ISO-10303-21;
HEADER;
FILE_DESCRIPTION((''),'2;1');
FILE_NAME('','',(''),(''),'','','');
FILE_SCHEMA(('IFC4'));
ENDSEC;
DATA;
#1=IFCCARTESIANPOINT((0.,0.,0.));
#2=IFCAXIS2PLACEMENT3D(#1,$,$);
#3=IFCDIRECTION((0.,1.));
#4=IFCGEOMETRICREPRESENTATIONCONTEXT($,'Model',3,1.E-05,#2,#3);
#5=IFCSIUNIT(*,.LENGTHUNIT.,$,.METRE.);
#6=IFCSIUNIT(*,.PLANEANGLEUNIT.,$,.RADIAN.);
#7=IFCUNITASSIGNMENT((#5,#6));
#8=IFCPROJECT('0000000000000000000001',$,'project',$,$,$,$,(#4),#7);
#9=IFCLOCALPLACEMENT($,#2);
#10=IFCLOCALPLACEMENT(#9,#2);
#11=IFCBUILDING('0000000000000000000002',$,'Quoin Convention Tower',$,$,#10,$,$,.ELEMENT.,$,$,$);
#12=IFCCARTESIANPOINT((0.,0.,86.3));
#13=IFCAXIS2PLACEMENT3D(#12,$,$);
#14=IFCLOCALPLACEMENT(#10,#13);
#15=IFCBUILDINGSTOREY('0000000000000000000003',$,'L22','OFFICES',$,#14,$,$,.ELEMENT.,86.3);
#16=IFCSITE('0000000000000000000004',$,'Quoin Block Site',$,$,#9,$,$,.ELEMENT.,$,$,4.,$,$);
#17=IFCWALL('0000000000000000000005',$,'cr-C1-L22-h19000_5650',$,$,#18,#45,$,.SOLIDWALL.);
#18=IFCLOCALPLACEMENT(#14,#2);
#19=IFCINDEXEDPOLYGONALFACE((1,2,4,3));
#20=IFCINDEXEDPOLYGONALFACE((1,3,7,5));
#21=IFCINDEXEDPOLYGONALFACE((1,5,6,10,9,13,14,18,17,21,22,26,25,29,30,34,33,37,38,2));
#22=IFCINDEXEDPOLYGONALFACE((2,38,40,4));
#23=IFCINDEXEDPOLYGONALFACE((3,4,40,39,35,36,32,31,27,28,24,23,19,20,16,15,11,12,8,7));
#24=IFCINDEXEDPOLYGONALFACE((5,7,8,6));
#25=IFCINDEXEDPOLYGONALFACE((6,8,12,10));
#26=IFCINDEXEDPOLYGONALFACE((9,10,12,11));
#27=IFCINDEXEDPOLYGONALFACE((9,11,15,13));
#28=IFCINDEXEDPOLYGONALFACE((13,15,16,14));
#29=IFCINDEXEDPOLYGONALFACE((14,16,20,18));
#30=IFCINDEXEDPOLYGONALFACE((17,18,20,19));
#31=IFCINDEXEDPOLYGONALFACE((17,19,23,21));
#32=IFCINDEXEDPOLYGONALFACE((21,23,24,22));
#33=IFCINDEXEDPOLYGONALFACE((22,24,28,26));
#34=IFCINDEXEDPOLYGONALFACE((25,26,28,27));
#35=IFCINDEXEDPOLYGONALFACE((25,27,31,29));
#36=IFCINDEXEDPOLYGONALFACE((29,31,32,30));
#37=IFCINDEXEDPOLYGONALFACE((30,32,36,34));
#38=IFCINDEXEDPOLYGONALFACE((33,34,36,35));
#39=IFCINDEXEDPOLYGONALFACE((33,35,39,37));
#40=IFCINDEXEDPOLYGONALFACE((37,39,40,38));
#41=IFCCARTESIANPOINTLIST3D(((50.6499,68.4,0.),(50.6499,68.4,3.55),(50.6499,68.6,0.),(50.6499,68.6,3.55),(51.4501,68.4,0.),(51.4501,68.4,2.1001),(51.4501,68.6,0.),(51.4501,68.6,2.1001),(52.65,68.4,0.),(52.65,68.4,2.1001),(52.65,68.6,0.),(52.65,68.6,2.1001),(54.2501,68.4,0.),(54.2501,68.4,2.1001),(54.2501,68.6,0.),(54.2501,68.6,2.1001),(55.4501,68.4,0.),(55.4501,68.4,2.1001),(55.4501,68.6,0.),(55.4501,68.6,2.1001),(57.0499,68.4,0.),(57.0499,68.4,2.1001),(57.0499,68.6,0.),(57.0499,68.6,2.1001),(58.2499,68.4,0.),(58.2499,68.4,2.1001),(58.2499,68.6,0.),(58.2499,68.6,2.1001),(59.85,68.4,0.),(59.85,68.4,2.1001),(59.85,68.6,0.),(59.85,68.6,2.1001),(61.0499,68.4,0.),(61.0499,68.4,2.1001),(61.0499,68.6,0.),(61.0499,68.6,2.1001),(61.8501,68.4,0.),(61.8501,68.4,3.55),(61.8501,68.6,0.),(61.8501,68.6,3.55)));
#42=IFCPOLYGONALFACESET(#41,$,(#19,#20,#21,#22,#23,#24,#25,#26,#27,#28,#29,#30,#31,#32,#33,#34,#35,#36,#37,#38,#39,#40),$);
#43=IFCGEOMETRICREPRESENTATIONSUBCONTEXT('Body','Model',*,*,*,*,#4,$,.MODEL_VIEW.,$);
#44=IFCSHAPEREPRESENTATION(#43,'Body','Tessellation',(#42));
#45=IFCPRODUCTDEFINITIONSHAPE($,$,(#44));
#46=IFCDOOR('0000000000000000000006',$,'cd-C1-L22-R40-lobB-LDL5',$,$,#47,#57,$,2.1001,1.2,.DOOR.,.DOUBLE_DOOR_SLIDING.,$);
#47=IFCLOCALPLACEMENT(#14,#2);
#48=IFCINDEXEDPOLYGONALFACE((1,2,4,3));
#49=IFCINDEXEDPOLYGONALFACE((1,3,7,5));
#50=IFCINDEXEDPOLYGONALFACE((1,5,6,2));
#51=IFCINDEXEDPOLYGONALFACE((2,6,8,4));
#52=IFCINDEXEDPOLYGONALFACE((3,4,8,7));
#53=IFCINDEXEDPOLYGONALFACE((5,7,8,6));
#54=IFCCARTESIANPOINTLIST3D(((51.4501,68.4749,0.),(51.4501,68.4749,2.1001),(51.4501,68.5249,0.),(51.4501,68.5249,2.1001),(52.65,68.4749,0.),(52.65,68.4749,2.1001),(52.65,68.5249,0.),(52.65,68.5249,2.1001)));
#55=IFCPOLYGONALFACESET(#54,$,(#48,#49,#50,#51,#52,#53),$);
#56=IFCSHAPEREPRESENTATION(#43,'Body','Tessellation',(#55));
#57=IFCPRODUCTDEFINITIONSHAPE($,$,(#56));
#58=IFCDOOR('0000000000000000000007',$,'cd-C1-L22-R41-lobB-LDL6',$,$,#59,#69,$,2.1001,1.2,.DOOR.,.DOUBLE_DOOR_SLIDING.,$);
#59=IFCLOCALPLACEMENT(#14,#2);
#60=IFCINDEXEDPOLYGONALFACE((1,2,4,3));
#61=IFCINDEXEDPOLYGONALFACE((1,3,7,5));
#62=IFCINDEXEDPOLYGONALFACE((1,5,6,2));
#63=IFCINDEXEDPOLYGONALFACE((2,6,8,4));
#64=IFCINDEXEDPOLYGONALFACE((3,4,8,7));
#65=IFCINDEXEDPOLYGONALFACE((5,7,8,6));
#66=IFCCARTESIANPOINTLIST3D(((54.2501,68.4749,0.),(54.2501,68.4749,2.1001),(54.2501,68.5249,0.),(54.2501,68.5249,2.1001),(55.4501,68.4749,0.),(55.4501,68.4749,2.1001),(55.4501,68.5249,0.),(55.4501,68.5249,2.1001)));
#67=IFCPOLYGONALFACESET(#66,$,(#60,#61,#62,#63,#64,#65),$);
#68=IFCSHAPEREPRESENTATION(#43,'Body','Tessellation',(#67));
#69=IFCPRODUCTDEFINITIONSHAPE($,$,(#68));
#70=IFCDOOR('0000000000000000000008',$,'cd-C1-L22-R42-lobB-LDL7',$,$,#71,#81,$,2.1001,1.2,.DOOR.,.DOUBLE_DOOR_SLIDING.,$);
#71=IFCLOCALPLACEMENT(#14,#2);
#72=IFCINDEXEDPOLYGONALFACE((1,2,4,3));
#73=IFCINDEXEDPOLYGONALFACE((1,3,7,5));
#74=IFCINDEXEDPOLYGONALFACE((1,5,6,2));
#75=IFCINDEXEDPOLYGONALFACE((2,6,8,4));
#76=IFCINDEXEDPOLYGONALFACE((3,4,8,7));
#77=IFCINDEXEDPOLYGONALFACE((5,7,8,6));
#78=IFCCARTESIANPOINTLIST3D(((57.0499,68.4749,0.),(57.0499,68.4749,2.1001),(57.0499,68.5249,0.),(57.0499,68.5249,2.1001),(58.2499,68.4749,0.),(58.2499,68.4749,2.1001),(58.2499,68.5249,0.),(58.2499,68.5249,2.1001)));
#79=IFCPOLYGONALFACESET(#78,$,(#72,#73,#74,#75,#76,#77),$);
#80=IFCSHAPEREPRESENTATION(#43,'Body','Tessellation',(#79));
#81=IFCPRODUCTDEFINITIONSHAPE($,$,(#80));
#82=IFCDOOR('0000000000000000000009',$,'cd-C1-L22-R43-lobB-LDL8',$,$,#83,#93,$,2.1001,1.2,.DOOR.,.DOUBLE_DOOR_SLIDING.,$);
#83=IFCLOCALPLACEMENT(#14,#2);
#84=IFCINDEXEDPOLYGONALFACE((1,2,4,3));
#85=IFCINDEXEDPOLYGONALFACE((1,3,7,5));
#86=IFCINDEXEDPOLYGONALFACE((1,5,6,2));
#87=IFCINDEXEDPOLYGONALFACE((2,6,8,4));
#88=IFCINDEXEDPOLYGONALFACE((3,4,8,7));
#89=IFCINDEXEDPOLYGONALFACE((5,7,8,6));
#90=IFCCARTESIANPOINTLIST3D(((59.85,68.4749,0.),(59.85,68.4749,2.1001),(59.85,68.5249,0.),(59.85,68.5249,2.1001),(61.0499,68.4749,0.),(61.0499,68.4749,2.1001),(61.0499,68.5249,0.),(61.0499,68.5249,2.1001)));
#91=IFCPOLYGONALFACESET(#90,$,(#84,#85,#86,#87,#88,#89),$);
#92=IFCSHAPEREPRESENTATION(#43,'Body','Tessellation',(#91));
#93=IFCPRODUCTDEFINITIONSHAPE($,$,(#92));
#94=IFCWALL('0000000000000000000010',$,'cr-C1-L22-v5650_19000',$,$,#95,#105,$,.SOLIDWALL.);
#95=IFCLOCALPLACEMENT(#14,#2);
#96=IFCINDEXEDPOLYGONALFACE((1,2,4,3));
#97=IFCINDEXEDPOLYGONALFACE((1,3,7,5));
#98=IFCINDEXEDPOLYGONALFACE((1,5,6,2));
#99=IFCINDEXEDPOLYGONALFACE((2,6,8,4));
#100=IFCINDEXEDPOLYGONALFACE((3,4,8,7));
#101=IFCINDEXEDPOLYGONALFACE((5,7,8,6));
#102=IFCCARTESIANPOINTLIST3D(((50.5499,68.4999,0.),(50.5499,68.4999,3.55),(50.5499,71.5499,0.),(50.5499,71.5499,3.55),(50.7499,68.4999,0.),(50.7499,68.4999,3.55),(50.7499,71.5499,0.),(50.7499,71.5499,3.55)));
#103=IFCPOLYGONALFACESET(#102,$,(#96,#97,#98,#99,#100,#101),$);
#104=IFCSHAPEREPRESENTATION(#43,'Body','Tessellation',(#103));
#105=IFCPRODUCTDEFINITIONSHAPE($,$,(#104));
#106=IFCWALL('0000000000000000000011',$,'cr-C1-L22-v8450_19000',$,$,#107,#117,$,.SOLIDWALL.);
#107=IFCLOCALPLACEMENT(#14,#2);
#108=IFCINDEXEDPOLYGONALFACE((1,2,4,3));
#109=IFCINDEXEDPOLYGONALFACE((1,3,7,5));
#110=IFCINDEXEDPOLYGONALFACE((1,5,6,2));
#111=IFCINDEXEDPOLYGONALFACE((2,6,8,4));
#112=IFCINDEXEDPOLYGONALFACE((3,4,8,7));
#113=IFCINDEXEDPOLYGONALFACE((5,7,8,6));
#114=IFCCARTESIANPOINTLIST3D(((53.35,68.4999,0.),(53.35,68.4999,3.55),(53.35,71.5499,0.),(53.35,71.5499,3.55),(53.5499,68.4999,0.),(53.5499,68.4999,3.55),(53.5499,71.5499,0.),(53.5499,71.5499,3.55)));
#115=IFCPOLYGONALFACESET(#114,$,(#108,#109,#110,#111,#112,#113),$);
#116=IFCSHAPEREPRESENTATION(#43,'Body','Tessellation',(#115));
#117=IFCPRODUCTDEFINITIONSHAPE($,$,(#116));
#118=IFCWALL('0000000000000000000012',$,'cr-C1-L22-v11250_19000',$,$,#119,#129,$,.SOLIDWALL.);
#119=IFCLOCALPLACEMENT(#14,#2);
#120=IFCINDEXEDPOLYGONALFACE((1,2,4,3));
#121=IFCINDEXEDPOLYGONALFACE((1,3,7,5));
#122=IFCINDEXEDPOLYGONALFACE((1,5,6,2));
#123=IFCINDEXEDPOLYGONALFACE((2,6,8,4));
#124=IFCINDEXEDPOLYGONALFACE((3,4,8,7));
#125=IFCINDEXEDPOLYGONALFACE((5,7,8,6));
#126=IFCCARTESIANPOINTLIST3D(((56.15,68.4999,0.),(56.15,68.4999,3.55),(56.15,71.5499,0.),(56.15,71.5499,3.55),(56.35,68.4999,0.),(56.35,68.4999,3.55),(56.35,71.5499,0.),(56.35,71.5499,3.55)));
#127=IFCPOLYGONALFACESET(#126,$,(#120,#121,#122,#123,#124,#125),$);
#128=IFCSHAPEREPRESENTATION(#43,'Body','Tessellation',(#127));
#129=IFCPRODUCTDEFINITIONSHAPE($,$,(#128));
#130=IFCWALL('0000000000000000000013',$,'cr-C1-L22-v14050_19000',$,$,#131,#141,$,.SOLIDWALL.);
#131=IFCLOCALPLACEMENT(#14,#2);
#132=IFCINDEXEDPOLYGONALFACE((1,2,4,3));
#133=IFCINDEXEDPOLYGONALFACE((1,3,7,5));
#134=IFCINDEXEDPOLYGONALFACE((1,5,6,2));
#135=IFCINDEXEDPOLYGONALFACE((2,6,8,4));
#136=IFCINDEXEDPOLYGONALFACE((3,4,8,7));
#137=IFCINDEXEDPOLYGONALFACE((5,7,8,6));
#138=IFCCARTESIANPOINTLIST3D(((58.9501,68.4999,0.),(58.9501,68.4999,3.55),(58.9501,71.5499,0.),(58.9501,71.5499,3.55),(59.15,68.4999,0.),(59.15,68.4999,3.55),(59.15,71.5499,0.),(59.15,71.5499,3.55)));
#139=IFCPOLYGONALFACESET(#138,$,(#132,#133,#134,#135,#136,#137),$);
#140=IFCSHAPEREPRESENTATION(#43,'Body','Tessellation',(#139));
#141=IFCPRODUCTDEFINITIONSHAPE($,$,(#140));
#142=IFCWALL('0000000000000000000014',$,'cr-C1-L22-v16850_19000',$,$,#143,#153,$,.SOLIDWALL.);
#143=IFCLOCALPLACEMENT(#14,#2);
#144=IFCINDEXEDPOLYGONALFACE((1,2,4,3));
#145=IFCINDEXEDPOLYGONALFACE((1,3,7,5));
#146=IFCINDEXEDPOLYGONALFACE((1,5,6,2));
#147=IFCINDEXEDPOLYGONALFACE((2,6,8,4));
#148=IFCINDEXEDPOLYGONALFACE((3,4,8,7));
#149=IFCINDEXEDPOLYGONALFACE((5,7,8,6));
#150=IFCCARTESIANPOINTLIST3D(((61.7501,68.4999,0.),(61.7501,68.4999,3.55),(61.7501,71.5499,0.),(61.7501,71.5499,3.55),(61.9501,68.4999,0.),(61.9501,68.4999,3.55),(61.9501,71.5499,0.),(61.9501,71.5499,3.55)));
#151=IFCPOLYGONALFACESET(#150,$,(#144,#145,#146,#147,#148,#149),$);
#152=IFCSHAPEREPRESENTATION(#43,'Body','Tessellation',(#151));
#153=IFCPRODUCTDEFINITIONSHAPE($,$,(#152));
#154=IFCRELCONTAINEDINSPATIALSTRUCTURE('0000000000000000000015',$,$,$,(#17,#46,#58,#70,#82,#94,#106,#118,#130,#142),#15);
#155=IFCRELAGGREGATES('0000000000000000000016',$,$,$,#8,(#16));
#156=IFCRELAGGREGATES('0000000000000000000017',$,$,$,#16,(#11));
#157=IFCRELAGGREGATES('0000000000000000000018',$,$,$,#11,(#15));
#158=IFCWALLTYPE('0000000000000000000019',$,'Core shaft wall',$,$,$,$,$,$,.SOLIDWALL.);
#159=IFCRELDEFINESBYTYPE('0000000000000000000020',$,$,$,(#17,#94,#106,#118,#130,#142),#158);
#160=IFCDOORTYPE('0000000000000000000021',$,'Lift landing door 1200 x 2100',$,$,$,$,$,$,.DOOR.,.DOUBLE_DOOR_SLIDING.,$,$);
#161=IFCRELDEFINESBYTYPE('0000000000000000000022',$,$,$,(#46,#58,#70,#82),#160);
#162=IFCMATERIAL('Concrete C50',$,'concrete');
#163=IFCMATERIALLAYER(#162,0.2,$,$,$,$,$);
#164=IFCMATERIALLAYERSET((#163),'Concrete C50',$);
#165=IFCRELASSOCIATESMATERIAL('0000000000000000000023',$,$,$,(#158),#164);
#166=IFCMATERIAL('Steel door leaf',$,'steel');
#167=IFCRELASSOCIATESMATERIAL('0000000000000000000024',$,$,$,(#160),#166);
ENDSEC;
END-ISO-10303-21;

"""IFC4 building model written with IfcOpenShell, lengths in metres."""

from ifc_helpers import new_model, si_unit, direction, frame, frame_2d, origin, place, context, subcontext, project, spatial, rectangle, extrude, material, layer, layer_set, type_object, element, fill, save


model = new_model("IFC4")

# Units and contexts
model_context = context("Model", 3, precision=1e-05, world=origin(), true_north=direction((0.0, 1.0)))
body_context = subcontext(model_context, "Body", "Model", "MODEL_VIEW")
ifc_project = project(units=[si_unit("LENGTHUNIT", "METRE"), si_unit("PLANEANGLEUNIT", "RADIAN")], contexts=[model_context])

# Site, building, storey
site_placement = place(None, origin())
site = spatial("IfcSite", under=ifc_project, at=site_placement, Name="Quoin Block Site", CompositionType="ELEMENT", RefElevation=4.0)
building_placement = place(site_placement, origin())
building = spatial("IfcBuilding", under=site, at=building_placement, Name="Quoin Convention Tower", CompositionType="ELEMENT")
storey_placement = place(building_placement, frame((0.0, 0.0, 86.3)))
storey = spatial("IfcBuildingStorey", under=building, at=storey_placement, Name="L22", Description="OFFICES", CompositionType="ELEMENT", Elevation=86.3)

# Shared definitions
ifc_material_1 = material(Name="Steel door leaf", Category="steel")

# Shared definitions
ifc_material_2 = material(Name="Concrete C50", Category="concrete")
ifc_layer_1 = layer(ifc_material_2, 0.2)
ifc_layer_set_1 = layer_set([ifc_layer_1], Name="Concrete C50")
wall_type_1 = type_object("IfcWallType", Name="Core shaft wall", PredefinedType="SOLIDWALL", material=ifc_layer_set_1)

# Wall, openings, doors
wall_1_placement = place(storey_placement, frame((50.6499, 68.5, 0.0), z_axis=(0.0, 0.0, 1.0), x_axis=(1.0, 0.0, 0.0)))
wall_1 = element("IfcWall", 1, at=wall_1_placement, inside=storey, type_object=wall_type_1, Name="cr-C1-L22-h19000_5650", PredefinedType="SOLIDWALL", context=body_context, shape_type="SweptSolid", body=[
    extrude(rectangle(XDim=11.2002, YDim=0.2, at=frame_2d((5.6001, 0.0))), origin(), (0.0, 0.0, 1.0), 3.55),
])
opening_1_placement = place(wall_1_placement, frame((0.8, 0.0, 0.0)))
opening_1 = element("IfcOpeningElement", 2, at=opening_1_placement, cuts=wall_1, PredefinedType="OPENING", context=body_context, shape_type="SweptSolid", body=[
    extrude(rectangle(XDim=1.2, YDim=2.1001, at=frame_2d((0.6001, 1.05))), frame((0.0, 0.1099, 0.0), z_axis=(0.0, -1.0, 0.0), x_axis=(1.0, 0.0, 0.0)), (0.0, 0.0, 1.0), 0.22),
])
opening_2_placement = place(wall_1_placement, frame((3.6001, 0.0, 0.0)))
opening_2 = element("IfcOpeningElement", 3, at=opening_2_placement, cuts=wall_1, PredefinedType="OPENING", context=body_context, shape_type="SweptSolid", body=[
    extrude(rectangle(XDim=1.2, YDim=2.1001, at=frame_2d((0.6001, 1.05))), frame((0.0, 0.1099, 0.0), z_axis=(0.0, -1.0, 0.0), x_axis=(1.0, 0.0, 0.0)), (0.0, 0.0, 1.0), 0.22),
])
opening_3_placement = place(wall_1_placement, frame((6.3999, 0.0, 0.0)))
opening_3 = element("IfcOpeningElement", 4, at=opening_3_placement, cuts=wall_1, PredefinedType="OPENING", context=body_context, shape_type="SweptSolid", body=[
    extrude(rectangle(XDim=1.2, YDim=2.1001, at=frame_2d((0.6001, 1.05))), frame((0.0, 0.1099, 0.0), z_axis=(0.0, -1.0, 0.0), x_axis=(1.0, 0.0, 0.0)), (0.0, 0.0, 1.0), 0.22),
])
opening_4_placement = place(wall_1_placement, frame((9.2, 0.0, 0.0)))
opening_4 = element("IfcOpeningElement", 5, at=opening_4_placement, cuts=wall_1, PredefinedType="OPENING", context=body_context, shape_type="SweptSolid", body=[
    extrude(rectangle(XDim=1.2, YDim=2.1001, at=frame_2d((0.6001, 1.05))), frame((0.0, 0.1099, 0.0), z_axis=(0.0, -1.0, 0.0), x_axis=(1.0, 0.0, 0.0)), (0.0, 0.0, 1.0), 0.22),
])
door_type_1 = type_object("IfcDoorType", Name="Lift landing door 1200 x 2100", OperationType="DOUBLE_DOOR_SLIDING", PredefinedType="DOOR", material=ifc_material_1)
door_1_placement = place(opening_1_placement, origin())
door_1 = element("IfcDoor", 6, at=door_1_placement, inside=storey, type_object=door_type_1, Name="cd-C1-L22-R40-lobB-LDL5", OperationType="DOUBLE_DOOR_SLIDING", OverallHeight=2.1001, OverallWidth=1.2, PredefinedType="DOOR", context=body_context, shape_type="SweptSolid", body=[
    extrude(rectangle(XDim=1.2, YDim=2.1001, at=frame_2d((0.6001, 1.05))), frame((0.0, 0.0249, 0.0), z_axis=(0.0, -1.0, 0.0), x_axis=(1.0, 0.0, 0.0)), (0.0, 0.0, 1.0), 0.05),
])
fill(opening_1, door_1)
door_2_placement = place(opening_2_placement, origin())
door_2 = element("IfcDoor", 7, at=door_2_placement, inside=storey, type_object=door_type_1, Name="cd-C1-L22-R41-lobB-LDL6", OperationType="DOUBLE_DOOR_SLIDING", OverallHeight=2.1001, OverallWidth=1.2, PredefinedType="DOOR", context=body_context, shape_type="SweptSolid", body=[
    extrude(rectangle(XDim=1.2, YDim=2.1001, at=frame_2d((0.6001, 1.05))), frame((0.0, 0.0249, 0.0), z_axis=(0.0, -1.0, 0.0), x_axis=(1.0, 0.0, 0.0)), (0.0, 0.0, 1.0), 0.05),
])
fill(opening_2, door_2)
door_3_placement = place(opening_3_placement, origin())
door_3 = element("IfcDoor", 8, at=door_3_placement, inside=storey, type_object=door_type_1, Name="cd-C1-L22-R42-lobB-LDL7", OperationType="DOUBLE_DOOR_SLIDING", OverallHeight=2.1001, OverallWidth=1.2, PredefinedType="DOOR", context=body_context, shape_type="SweptSolid", body=[
    extrude(rectangle(XDim=1.2, YDim=2.1001, at=frame_2d((0.6001, 1.05))), frame((0.0, 0.0249, 0.0), z_axis=(0.0, -1.0, 0.0), x_axis=(1.0, 0.0, 0.0)), (0.0, 0.0, 1.0), 0.05),
])
fill(opening_3, door_3)
door_4_placement = place(opening_4_placement, origin())
door_4 = element("IfcDoor", 9, at=door_4_placement, inside=storey, type_object=door_type_1, Name="cd-C1-L22-R43-lobB-LDL8", OperationType="DOUBLE_DOOR_SLIDING", OverallHeight=2.1001, OverallWidth=1.2, PredefinedType="DOOR", context=body_context, shape_type="SweptSolid", body=[
    extrude(rectangle(XDim=1.2, YDim=2.1001, at=frame_2d((0.6001, 1.05))), frame((0.0, 0.0249, 0.0), z_axis=(0.0, -1.0, 0.0), x_axis=(1.0, 0.0, 0.0)), (0.0, 0.0, 1.0), 0.05),
])
fill(opening_4, door_4)

# Walls
for number, where, z_axis, x_axis, name in (
    (10, (50.6499, 68.5, 0.0), (0.0, 0.0, 1.0), (0.0, 1.0, 0.0), "cr-C1-L22-v5650_19000"),
    (11, (53.45, 68.5, 0.0), (0.0, 0.0, 1.0), (0.0, 1.0, 0.0), "cr-C1-L22-v8450_19000"),
    (12, (56.25, 68.5, 0.0), (0.0, 0.0, 1.0), (0.0, 1.0, 0.0), "cr-C1-L22-v11250_19000"),
    (13, (59.05, 68.5, 0.0), (0.0, 0.0, 1.0), (0.0, 1.0, 0.0), "cr-C1-L22-v14050_19000"),
    (14, (61.8501, 68.5, 0.0), (0.0, 0.0, 1.0), (0.0, 1.0, 0.0), "cr-C1-L22-v16850_19000"),
):
    element("IfcWall", number, at=place(storey_placement, frame(where, z_axis=z_axis, x_axis=x_axis)), inside=storey, type_object=wall_type_1, Name=name, PredefinedType="SOLIDWALL", context=body_context, shape_type="SweptSolid", body=[
        extrude(rectangle(XDim=3.05, YDim=0.2, at=frame_2d((1.5249, 0.0))), origin(), (0.0, 0.0, 1.0), 3.55),
    ])

save(model, "model.ifc")
